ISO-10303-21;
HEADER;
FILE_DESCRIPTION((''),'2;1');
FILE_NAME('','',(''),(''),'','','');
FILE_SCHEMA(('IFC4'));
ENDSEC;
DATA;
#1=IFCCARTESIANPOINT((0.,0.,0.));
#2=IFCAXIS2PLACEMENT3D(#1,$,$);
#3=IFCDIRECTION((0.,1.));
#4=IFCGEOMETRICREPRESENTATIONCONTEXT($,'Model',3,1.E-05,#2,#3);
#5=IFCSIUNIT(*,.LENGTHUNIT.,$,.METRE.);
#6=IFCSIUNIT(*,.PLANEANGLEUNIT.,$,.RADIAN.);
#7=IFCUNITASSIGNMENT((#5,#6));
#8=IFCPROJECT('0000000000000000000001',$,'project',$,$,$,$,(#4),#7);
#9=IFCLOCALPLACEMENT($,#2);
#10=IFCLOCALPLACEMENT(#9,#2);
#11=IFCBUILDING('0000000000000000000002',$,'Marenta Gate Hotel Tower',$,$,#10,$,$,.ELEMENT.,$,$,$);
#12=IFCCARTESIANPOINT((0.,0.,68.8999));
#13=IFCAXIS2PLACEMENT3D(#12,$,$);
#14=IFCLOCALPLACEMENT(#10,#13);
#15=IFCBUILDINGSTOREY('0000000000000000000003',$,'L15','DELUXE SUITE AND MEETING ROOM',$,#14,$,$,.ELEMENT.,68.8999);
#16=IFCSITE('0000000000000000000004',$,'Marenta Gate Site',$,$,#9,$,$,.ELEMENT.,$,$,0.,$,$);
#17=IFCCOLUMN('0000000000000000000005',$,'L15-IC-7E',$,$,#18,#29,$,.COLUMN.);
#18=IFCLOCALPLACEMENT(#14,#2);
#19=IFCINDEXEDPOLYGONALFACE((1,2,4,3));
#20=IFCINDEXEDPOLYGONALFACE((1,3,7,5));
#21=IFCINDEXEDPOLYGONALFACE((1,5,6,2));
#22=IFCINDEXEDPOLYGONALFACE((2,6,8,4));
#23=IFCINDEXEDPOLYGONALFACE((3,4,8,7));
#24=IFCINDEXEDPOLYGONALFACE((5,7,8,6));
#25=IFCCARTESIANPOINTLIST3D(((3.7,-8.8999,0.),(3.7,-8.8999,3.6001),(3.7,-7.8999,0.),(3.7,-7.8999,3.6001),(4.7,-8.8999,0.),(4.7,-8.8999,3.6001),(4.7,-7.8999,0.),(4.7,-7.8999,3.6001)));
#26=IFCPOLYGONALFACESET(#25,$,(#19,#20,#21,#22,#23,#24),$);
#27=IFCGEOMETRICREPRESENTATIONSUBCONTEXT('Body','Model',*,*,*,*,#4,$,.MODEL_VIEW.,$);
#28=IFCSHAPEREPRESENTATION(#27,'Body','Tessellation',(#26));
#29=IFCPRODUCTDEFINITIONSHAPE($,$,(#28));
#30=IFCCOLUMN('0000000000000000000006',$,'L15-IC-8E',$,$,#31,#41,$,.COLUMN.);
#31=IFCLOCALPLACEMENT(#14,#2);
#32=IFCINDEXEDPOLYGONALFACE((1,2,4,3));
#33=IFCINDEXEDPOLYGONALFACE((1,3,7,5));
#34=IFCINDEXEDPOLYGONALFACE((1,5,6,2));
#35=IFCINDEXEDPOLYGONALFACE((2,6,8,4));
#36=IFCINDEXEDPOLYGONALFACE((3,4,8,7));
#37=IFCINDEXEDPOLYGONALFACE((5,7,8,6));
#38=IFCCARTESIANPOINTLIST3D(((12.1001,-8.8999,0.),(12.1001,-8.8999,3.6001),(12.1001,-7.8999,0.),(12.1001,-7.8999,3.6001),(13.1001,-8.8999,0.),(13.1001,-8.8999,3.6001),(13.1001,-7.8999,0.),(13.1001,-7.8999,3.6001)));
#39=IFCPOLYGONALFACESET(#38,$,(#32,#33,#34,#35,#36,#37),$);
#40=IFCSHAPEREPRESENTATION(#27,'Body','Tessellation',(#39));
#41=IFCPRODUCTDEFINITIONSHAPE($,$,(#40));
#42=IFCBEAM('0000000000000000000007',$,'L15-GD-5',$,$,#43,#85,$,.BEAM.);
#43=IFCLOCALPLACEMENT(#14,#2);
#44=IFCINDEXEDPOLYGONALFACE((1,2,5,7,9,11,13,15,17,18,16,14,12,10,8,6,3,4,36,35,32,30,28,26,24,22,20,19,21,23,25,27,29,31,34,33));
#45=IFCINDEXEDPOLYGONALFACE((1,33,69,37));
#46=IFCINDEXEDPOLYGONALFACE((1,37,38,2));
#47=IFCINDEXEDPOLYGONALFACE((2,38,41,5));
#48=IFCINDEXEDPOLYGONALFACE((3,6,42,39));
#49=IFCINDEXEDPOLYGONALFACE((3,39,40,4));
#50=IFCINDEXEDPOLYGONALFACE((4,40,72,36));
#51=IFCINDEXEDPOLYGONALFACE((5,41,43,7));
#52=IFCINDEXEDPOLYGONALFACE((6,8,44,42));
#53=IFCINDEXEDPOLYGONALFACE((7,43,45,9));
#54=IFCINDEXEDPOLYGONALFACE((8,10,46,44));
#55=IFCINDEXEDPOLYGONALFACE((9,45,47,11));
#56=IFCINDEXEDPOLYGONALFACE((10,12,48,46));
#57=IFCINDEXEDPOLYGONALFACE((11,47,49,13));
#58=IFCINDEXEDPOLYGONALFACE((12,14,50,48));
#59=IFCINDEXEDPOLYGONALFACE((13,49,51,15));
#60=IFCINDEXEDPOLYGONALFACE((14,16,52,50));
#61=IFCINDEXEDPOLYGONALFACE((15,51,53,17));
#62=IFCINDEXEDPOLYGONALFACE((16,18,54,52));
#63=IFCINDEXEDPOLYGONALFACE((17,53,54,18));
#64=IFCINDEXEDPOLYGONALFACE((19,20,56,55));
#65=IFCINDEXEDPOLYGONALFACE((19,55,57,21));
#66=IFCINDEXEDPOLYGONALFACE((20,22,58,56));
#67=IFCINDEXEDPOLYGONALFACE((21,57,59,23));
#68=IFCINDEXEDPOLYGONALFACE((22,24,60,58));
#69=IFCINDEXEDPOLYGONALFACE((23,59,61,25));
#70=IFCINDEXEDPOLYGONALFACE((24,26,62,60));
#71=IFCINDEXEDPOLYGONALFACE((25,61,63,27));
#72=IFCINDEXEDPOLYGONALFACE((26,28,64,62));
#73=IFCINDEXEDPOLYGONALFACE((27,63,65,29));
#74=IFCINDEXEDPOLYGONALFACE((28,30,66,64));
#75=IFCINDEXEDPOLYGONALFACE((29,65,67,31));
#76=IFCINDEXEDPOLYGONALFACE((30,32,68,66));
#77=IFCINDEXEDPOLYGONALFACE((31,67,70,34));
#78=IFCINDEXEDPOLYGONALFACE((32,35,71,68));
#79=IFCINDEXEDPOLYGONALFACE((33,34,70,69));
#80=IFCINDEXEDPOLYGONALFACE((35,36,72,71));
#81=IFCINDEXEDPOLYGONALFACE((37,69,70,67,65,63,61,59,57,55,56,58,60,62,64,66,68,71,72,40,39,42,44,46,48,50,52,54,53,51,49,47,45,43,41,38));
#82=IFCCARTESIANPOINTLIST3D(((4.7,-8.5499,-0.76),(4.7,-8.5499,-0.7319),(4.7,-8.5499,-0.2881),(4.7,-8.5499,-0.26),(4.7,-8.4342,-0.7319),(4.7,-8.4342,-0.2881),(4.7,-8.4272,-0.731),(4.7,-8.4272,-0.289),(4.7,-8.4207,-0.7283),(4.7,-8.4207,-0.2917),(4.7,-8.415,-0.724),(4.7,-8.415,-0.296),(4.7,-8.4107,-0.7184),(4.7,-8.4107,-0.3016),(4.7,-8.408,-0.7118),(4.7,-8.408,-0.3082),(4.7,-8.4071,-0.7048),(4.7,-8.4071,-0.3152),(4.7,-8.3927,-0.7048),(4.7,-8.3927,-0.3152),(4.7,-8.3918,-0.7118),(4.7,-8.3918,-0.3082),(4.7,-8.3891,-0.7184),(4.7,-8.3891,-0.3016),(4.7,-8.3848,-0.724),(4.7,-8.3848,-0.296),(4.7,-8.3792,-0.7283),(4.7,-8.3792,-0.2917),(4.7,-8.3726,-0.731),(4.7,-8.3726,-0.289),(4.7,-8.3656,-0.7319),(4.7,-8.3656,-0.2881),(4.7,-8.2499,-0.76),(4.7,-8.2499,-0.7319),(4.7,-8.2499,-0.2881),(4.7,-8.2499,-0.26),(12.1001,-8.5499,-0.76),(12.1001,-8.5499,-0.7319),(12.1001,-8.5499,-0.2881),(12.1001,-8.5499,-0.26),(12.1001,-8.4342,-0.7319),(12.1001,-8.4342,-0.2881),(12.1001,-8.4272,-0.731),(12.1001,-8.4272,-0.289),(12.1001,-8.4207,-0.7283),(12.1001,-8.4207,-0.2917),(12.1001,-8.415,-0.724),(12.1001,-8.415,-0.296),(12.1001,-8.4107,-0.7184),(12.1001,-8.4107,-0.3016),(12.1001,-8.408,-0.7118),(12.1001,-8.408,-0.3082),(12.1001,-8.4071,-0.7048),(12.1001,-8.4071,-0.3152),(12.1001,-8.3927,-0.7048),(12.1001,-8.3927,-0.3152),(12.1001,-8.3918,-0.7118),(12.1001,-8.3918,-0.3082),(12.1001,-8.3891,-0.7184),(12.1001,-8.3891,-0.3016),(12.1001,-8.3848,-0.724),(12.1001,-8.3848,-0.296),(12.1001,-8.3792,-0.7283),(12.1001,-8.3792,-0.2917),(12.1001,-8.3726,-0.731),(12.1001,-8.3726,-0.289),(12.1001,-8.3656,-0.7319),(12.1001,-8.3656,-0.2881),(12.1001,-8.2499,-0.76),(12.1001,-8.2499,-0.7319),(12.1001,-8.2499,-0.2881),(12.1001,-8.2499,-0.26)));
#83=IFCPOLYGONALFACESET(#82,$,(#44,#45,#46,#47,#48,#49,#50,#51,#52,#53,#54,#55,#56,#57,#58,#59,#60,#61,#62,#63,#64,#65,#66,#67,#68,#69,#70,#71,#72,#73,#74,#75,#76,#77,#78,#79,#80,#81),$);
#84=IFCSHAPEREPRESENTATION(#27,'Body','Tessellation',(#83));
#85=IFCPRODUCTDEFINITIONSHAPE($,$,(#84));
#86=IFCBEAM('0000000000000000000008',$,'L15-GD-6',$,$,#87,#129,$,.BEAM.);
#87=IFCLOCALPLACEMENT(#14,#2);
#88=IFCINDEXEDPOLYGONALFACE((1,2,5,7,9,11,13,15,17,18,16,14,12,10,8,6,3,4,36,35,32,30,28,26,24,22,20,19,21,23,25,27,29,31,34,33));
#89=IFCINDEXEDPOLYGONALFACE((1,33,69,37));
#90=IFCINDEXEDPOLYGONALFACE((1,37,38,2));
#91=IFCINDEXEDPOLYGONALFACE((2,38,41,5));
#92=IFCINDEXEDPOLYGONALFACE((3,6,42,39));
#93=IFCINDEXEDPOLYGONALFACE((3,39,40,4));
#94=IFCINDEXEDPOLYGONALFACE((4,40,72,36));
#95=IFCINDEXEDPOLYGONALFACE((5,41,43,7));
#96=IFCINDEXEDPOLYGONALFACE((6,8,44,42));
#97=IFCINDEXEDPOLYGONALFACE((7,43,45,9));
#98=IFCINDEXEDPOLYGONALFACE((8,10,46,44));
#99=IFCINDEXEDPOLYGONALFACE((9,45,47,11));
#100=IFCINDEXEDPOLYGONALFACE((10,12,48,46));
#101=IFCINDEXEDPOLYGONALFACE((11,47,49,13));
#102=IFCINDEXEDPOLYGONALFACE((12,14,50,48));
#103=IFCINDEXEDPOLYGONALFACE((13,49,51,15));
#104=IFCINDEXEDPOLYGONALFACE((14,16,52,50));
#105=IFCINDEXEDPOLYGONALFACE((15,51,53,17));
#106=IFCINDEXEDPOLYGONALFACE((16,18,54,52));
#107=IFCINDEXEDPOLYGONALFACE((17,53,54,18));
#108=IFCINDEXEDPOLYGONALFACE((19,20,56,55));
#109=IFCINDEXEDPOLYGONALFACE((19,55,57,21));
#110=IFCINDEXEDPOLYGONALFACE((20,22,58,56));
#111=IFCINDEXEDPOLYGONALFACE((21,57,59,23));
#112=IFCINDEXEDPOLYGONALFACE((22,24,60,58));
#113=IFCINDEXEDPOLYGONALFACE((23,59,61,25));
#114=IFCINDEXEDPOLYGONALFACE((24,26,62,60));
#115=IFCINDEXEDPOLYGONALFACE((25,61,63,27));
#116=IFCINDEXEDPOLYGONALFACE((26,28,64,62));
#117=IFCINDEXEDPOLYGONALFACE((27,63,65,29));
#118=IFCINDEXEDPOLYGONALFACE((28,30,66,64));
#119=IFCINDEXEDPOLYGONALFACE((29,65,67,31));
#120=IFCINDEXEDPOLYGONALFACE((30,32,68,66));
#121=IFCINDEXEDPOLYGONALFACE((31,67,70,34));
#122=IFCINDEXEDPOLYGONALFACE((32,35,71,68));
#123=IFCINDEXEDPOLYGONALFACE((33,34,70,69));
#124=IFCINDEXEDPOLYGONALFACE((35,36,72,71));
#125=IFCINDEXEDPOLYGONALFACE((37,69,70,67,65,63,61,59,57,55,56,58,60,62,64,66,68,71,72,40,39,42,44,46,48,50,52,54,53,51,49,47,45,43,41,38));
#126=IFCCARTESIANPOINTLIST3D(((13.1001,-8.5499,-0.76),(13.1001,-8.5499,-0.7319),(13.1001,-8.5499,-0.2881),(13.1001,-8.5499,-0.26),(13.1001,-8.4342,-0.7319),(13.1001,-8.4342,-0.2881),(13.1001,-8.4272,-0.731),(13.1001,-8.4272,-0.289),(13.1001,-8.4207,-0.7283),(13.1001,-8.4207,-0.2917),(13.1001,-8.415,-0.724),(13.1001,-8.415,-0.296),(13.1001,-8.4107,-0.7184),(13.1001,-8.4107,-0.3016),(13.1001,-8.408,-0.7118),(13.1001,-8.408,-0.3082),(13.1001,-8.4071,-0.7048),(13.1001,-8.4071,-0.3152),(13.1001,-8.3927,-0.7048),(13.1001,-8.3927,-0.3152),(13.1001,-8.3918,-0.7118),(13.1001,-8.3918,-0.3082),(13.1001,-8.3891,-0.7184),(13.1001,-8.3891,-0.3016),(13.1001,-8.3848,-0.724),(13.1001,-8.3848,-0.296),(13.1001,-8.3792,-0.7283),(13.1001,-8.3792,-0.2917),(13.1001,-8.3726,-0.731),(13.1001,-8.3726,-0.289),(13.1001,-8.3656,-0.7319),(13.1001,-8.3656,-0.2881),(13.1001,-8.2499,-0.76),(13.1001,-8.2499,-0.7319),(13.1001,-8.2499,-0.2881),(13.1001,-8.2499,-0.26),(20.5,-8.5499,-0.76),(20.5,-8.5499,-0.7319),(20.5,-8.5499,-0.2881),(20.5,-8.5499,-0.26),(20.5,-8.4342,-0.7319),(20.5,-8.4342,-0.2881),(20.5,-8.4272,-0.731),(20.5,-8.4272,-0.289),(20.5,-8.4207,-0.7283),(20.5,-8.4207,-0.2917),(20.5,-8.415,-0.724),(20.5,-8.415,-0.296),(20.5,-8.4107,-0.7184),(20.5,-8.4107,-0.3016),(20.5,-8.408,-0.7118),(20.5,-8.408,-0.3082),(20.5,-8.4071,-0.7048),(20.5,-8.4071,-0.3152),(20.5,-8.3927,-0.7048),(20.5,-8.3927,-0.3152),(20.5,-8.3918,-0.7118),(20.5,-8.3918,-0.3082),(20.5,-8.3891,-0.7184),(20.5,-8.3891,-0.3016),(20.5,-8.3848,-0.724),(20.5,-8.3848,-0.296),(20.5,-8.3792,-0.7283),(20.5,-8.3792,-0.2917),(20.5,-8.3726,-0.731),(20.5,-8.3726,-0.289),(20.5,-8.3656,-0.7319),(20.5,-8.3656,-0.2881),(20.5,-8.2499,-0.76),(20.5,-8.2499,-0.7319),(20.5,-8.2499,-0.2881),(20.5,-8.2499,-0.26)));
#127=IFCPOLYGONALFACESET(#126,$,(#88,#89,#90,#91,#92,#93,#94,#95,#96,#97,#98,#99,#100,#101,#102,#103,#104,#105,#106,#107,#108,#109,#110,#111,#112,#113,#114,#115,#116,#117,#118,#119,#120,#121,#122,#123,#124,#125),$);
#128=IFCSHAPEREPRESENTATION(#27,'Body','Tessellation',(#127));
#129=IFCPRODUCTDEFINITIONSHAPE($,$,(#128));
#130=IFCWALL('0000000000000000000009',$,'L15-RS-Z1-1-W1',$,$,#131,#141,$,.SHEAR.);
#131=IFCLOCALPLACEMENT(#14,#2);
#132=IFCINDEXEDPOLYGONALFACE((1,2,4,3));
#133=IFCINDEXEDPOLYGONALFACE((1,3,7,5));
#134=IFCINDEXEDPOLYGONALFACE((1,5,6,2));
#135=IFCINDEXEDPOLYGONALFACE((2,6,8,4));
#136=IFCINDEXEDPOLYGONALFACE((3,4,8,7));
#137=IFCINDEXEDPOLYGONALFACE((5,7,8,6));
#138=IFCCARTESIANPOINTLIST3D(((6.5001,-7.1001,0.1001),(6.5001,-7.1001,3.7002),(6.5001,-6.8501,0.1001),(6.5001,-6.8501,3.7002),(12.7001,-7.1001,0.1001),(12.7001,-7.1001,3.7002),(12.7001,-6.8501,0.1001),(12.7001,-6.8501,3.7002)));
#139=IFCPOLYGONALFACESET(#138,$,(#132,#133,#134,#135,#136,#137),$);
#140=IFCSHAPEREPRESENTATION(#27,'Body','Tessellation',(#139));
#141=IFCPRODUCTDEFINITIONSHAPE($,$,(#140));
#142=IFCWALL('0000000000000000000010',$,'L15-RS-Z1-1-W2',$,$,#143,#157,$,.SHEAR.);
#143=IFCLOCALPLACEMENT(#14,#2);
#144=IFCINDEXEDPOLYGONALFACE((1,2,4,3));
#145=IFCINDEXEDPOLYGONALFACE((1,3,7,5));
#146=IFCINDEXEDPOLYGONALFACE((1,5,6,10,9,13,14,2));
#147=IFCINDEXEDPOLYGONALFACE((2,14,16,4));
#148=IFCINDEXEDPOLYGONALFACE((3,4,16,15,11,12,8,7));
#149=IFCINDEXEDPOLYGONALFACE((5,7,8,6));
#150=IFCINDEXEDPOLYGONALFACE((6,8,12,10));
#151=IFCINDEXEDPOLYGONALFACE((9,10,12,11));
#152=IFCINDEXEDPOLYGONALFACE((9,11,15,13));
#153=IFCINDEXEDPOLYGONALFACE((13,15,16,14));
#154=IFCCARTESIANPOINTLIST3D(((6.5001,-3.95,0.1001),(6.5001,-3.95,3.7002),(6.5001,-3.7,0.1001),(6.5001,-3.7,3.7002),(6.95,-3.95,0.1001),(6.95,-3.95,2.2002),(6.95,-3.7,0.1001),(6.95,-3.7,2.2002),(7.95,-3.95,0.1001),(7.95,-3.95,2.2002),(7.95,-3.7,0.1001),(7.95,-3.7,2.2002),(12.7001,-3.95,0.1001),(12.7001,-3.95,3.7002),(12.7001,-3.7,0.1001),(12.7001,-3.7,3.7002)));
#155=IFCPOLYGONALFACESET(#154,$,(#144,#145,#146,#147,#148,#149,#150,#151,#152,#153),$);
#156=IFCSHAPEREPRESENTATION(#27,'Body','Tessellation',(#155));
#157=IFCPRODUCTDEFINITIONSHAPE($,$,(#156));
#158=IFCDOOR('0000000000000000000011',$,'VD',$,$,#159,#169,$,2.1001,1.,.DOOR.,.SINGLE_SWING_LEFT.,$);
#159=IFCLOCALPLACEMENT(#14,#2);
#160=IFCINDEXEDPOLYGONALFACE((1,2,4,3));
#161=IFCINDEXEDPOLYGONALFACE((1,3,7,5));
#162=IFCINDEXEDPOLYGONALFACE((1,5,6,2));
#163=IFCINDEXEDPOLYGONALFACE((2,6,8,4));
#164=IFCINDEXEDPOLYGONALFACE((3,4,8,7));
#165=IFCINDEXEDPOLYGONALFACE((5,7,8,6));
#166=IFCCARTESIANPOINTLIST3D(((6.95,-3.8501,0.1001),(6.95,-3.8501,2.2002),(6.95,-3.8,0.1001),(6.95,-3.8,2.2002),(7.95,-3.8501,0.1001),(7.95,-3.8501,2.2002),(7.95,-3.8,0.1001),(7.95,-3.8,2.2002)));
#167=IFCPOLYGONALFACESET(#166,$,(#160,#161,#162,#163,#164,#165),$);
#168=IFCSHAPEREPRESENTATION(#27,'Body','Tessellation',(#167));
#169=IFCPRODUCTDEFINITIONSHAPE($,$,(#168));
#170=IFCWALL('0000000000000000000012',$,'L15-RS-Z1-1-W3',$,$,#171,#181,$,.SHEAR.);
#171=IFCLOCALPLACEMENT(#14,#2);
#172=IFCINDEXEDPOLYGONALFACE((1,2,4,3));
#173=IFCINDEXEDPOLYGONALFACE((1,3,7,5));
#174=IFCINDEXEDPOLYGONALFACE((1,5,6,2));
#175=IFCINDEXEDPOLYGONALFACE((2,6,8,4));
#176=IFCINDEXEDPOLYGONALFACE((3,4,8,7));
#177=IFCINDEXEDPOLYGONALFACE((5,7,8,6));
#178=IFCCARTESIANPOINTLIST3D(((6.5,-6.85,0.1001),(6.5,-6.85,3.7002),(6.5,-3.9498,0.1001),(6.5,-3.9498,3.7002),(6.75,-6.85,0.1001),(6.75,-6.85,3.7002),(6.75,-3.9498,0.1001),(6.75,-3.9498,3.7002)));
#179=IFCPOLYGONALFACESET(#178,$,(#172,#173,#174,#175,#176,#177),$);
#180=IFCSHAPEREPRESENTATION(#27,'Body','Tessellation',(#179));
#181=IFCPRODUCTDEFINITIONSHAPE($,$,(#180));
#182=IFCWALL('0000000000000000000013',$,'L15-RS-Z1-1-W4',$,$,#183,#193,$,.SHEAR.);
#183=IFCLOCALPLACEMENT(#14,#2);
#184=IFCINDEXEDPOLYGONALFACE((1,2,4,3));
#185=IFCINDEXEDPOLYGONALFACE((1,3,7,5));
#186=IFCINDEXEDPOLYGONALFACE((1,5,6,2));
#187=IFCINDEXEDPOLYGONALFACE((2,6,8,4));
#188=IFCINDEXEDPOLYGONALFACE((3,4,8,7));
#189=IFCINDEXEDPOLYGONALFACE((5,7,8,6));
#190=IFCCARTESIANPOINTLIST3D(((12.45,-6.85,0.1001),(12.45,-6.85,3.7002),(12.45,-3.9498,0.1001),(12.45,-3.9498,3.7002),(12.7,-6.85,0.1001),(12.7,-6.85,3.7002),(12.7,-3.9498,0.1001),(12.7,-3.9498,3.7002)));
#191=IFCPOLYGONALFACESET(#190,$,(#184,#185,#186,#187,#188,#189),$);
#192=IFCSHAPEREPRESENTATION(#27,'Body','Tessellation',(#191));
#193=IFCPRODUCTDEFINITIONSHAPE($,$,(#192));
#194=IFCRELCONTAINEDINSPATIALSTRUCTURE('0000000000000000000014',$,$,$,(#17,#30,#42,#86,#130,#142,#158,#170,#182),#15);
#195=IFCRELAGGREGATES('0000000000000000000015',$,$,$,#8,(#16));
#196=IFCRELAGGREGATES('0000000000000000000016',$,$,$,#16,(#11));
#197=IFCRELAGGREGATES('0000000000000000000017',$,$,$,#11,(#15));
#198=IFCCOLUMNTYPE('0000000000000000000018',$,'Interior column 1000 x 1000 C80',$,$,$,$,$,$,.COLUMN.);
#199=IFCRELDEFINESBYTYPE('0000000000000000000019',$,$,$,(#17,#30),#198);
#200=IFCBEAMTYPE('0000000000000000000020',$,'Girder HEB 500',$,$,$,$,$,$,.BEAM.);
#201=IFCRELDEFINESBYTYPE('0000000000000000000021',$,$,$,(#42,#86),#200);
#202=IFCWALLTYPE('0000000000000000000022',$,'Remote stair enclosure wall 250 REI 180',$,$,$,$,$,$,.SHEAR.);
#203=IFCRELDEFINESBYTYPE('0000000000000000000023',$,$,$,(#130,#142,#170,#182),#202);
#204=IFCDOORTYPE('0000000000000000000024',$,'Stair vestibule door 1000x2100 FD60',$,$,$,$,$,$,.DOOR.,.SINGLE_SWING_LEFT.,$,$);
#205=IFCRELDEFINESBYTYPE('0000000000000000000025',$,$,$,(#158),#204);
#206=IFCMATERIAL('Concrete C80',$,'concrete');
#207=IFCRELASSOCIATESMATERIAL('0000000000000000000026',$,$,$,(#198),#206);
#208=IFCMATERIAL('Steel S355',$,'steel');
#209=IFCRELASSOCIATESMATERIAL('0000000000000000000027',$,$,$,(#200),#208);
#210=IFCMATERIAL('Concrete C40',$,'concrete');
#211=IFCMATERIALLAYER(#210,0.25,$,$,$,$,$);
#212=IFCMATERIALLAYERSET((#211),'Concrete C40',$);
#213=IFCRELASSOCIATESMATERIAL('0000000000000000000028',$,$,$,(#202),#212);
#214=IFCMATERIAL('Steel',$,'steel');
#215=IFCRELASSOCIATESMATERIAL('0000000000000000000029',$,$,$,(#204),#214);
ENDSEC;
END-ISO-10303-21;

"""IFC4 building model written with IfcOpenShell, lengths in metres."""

from ifc_helpers import new_model, si_unit, direction, frame, frame_2d, origin, origin_2d, place, context, subcontext, project, spatial, rectangle, i_section, extrude, material, layer, layer_set, material_profile, profile_set, type_object, element, fill, save


model = new_model("IFC4")

# Units and contexts
model_context = context("Model", 3, precision=1e-05, world=origin(), true_north=direction((0.0, 1.0)))
body_context = subcontext(model_context, "Body", "Model", "MODEL_VIEW")
ifc_project = project(units=[si_unit("LENGTHUNIT", "METRE"), si_unit("PLANEANGLEUNIT", "RADIAN")], contexts=[model_context])

# Site, building, storey
site_placement = place(None, origin())
site = spatial("IfcSite", under=ifc_project, at=site_placement, Name="Marenta Gate Site", CompositionType="ELEMENT", RefElevation=0.0)
building_placement = place(site_placement, origin())
building = spatial("IfcBuilding", under=site, at=building_placement, Name="Marenta Gate Hotel Tower", CompositionType="ELEMENT")
storey_placement = place(building_placement, frame((0.0, 0.0, 68.8999)))
storey = spatial("IfcBuildingStorey", under=building, at=storey_placement, Name="L15", Description="DELUXE SUITE AND MEETING ROOM", CompositionType="ELEMENT", Elevation=68.8999)

# Columns
ifc_material_1 = material(Name="Concrete C80", Category="concrete")
ifc_material_profile_1 = material_profile(ifc_material_1, rectangle(XDim=1.0, YDim=1.0, at=origin_2d()), Name="1000 x 1000")
ifc_profile_set_1 = profile_set([ifc_material_profile_1], Name="Concrete C80")
column_type = type_object("IfcColumnType", Name="Interior column 1000 x 1000 C80", PredefinedType="COLUMN", material=ifc_profile_set_1)
for number, where, z_axis, x_axis, name in (
    (1, (4.2, -8.3999, 0.0), (0.0, 0.0, 1.0), (1.0, 0.0, 0.0), "L15-IC-7E"),
    (2, (12.6001, -8.3999, 0.0), (0.0, 0.0, 1.0), (1.0, 0.0, 0.0), "L15-IC-8E"),
):
    element("IfcColumn", number, at=place(storey_placement, frame(where, z_axis=z_axis, x_axis=x_axis)), inside=storey, type_object=column_type, Name=name, PredefinedType="COLUMN", context=body_context, shape_type="SweptSolid", body=[
        extrude(rectangle(XDim=1.0, YDim=1.0, at=origin_2d()), origin(), (0.0, 0.0, 1.0), 3.6001),
    ])

# Beams
ifc_material_2 = material(Name="Steel S355", Category="steel")
ifc_material_profile_2 = material_profile(ifc_material_2, i_section(OverallWidth=0.3, OverallDepth=0.5, WebThickness=0.0144, FlangeThickness=0.0281, FilletRadius=0.0271, at=origin_2d()), Name="HEB 500")
ifc_profile_set_2 = profile_set([ifc_material_profile_2], Name="Steel S355")
beam_type = type_object("IfcBeamType", Name="Girder HEB 500", PredefinedType="BEAM", material=ifc_profile_set_2)
beam_1_placement = place(storey_placement, frame((4.7, -8.3999, -0.51), z_axis=(1.0, 0.0, 0.0), x_axis=(0.0, 1.0, 0.0)))
element("IfcBeam", 3, at=beam_1_placement, inside=storey, type_object=beam_type, Name="L15-GD-5", PredefinedType="BEAM", context=body_context, shape_type="SweptSolid", body=[
    extrude(i_section(OverallWidth=0.3, OverallDepth=0.5, WebThickness=0.0144, FlangeThickness=0.0281, FilletRadius=0.0271, at=origin_2d()), origin(), (0.0, 0.0, 1.0), 7.4001),
])
beam_2_placement = place(storey_placement, frame((13.1001, -8.3999, -0.51), z_axis=(1.0, 0.0, 0.0), x_axis=(0.0, 1.0, 0.0)))
element("IfcBeam", 4, at=beam_2_placement, inside=storey, type_object=beam_type, Name="L15-GD-6", PredefinedType="BEAM", context=body_context, shape_type="SweptSolid", body=[
    extrude(i_section(OverallWidth=0.3, OverallDepth=0.5, WebThickness=0.0144, FlangeThickness=0.0281, FilletRadius=0.0271, at=origin_2d()), origin(), (0.0, 0.0, 1.0), 7.3999),
])

# Wall
ifc_material_3 = material(Name="Concrete C40", Category="concrete")
ifc_layer_1 = layer(ifc_material_3, 0.25)
ifc_layer_set_1 = layer_set([ifc_layer_1], Name="Concrete C40")
wall_type_1 = type_object("IfcWallType", Name="Remote stair enclosure wall 250 REI 180", PredefinedType="SHEAR", material=ifc_layer_set_1)
wall_1_placement = place(storey_placement, frame((6.5, -6.9751, 0.1001), z_axis=(0.0, 0.0, 1.0), x_axis=(1.0, 0.0, 0.0)))
element("IfcWall", 5, at=wall_1_placement, inside=storey, type_object=wall_type_1, Name="L15-RS-Z1-1-W1", PredefinedType="SHEAR", context=body_context, shape_type="SweptSolid", body=[
    extrude(rectangle(XDim=6.2, YDim=0.25, at=frame_2d((3.1001, 0.0))), origin(), (0.0, 0.0, 1.0), 3.6001),
])

# Wall, opening, door
wall_2_placement = place(storey_placement, frame((6.5, -3.825, 0.1001), z_axis=(0.0, 0.0, 1.0), x_axis=(1.0, 0.0, 0.0)))
wall_2 = element("IfcWall", 6, at=wall_2_placement, inside=storey, type_object=wall_type_1, Name="L15-RS-Z1-1-W2", PredefinedType="SHEAR", context=body_context, shape_type="SweptSolid", body=[
    extrude(rectangle(XDim=6.2, YDim=0.25, at=frame_2d((3.1001, 0.0))), origin(), (0.0, 0.0, 1.0), 3.6001),
])
opening_1_placement = place(wall_2_placement, frame((0.45, 0.0, 0.0)))
opening_1 = element("IfcOpeningElement", 7, at=opening_1_placement, cuts=wall_2, PredefinedType="OPENING", context=body_context, shape_type="SweptSolid", body=[
    extrude(rectangle(XDim=1.0, YDim=2.1001, at=frame_2d((0.5, 1.05))), frame((0.0, 0.125, 0.0), z_axis=(0.0, -1.0, 0.0), x_axis=(1.0, 0.0, 0.0)), (0.0, 0.0, 1.0), 0.25),
])
ifc_material_4 = material(Name="Steel", Category="steel")
door_type_1 = type_object("IfcDoorType", Name="Stair vestibule door 1000x2100 FD60", OperationType="SINGLE_SWING_LEFT", PredefinedType="DOOR", material=ifc_material_4)
door_1_placement = place(opening_1_placement, origin())
door_1 = element("IfcDoor", 8, at=door_1_placement, inside=storey, type_object=door_type_1, Name="VD", OperationType="SINGLE_SWING_LEFT", OverallHeight=2.1001, OverallWidth=1.0, PredefinedType="DOOR", context=body_context, shape_type="SweptSolid", body=[
    extrude(rectangle(XDim=1.0, YDim=2.1001, at=frame_2d((0.5, 1.05))), frame((0.0, 0.0249, 0.0), z_axis=(0.0, -1.0, 0.0), x_axis=(1.0, 0.0, 0.0)), (0.0, 0.0, 1.0), 0.05),
])
fill(opening_1, door_1)

# Walls
for number, where, z_axis, x_axis, name in (
    (9, (6.625, -6.8501, 0.1001), (0.0, 0.0, 1.0), (0.0, 1.0, 0.0), "L15-RS-Z1-1-W3"),
    (10, (12.575, -6.8501, 0.1001), (0.0, 0.0, 1.0), (0.0, 1.0, 0.0), "L15-RS-Z1-1-W4"),
):
    element("IfcWall", number, at=place(storey_placement, frame(where, z_axis=z_axis, x_axis=x_axis)), inside=storey, type_object=wall_type_1, Name=name, PredefinedType="SHEAR", context=body_context, shape_type="SweptSolid", body=[
        extrude(rectangle(XDim=2.9001, YDim=0.25, at=frame_2d((1.4502, 0.0))), origin(), (0.0, 0.0, 1.0), 3.6001),
    ])

save(model, "model.ifc")
